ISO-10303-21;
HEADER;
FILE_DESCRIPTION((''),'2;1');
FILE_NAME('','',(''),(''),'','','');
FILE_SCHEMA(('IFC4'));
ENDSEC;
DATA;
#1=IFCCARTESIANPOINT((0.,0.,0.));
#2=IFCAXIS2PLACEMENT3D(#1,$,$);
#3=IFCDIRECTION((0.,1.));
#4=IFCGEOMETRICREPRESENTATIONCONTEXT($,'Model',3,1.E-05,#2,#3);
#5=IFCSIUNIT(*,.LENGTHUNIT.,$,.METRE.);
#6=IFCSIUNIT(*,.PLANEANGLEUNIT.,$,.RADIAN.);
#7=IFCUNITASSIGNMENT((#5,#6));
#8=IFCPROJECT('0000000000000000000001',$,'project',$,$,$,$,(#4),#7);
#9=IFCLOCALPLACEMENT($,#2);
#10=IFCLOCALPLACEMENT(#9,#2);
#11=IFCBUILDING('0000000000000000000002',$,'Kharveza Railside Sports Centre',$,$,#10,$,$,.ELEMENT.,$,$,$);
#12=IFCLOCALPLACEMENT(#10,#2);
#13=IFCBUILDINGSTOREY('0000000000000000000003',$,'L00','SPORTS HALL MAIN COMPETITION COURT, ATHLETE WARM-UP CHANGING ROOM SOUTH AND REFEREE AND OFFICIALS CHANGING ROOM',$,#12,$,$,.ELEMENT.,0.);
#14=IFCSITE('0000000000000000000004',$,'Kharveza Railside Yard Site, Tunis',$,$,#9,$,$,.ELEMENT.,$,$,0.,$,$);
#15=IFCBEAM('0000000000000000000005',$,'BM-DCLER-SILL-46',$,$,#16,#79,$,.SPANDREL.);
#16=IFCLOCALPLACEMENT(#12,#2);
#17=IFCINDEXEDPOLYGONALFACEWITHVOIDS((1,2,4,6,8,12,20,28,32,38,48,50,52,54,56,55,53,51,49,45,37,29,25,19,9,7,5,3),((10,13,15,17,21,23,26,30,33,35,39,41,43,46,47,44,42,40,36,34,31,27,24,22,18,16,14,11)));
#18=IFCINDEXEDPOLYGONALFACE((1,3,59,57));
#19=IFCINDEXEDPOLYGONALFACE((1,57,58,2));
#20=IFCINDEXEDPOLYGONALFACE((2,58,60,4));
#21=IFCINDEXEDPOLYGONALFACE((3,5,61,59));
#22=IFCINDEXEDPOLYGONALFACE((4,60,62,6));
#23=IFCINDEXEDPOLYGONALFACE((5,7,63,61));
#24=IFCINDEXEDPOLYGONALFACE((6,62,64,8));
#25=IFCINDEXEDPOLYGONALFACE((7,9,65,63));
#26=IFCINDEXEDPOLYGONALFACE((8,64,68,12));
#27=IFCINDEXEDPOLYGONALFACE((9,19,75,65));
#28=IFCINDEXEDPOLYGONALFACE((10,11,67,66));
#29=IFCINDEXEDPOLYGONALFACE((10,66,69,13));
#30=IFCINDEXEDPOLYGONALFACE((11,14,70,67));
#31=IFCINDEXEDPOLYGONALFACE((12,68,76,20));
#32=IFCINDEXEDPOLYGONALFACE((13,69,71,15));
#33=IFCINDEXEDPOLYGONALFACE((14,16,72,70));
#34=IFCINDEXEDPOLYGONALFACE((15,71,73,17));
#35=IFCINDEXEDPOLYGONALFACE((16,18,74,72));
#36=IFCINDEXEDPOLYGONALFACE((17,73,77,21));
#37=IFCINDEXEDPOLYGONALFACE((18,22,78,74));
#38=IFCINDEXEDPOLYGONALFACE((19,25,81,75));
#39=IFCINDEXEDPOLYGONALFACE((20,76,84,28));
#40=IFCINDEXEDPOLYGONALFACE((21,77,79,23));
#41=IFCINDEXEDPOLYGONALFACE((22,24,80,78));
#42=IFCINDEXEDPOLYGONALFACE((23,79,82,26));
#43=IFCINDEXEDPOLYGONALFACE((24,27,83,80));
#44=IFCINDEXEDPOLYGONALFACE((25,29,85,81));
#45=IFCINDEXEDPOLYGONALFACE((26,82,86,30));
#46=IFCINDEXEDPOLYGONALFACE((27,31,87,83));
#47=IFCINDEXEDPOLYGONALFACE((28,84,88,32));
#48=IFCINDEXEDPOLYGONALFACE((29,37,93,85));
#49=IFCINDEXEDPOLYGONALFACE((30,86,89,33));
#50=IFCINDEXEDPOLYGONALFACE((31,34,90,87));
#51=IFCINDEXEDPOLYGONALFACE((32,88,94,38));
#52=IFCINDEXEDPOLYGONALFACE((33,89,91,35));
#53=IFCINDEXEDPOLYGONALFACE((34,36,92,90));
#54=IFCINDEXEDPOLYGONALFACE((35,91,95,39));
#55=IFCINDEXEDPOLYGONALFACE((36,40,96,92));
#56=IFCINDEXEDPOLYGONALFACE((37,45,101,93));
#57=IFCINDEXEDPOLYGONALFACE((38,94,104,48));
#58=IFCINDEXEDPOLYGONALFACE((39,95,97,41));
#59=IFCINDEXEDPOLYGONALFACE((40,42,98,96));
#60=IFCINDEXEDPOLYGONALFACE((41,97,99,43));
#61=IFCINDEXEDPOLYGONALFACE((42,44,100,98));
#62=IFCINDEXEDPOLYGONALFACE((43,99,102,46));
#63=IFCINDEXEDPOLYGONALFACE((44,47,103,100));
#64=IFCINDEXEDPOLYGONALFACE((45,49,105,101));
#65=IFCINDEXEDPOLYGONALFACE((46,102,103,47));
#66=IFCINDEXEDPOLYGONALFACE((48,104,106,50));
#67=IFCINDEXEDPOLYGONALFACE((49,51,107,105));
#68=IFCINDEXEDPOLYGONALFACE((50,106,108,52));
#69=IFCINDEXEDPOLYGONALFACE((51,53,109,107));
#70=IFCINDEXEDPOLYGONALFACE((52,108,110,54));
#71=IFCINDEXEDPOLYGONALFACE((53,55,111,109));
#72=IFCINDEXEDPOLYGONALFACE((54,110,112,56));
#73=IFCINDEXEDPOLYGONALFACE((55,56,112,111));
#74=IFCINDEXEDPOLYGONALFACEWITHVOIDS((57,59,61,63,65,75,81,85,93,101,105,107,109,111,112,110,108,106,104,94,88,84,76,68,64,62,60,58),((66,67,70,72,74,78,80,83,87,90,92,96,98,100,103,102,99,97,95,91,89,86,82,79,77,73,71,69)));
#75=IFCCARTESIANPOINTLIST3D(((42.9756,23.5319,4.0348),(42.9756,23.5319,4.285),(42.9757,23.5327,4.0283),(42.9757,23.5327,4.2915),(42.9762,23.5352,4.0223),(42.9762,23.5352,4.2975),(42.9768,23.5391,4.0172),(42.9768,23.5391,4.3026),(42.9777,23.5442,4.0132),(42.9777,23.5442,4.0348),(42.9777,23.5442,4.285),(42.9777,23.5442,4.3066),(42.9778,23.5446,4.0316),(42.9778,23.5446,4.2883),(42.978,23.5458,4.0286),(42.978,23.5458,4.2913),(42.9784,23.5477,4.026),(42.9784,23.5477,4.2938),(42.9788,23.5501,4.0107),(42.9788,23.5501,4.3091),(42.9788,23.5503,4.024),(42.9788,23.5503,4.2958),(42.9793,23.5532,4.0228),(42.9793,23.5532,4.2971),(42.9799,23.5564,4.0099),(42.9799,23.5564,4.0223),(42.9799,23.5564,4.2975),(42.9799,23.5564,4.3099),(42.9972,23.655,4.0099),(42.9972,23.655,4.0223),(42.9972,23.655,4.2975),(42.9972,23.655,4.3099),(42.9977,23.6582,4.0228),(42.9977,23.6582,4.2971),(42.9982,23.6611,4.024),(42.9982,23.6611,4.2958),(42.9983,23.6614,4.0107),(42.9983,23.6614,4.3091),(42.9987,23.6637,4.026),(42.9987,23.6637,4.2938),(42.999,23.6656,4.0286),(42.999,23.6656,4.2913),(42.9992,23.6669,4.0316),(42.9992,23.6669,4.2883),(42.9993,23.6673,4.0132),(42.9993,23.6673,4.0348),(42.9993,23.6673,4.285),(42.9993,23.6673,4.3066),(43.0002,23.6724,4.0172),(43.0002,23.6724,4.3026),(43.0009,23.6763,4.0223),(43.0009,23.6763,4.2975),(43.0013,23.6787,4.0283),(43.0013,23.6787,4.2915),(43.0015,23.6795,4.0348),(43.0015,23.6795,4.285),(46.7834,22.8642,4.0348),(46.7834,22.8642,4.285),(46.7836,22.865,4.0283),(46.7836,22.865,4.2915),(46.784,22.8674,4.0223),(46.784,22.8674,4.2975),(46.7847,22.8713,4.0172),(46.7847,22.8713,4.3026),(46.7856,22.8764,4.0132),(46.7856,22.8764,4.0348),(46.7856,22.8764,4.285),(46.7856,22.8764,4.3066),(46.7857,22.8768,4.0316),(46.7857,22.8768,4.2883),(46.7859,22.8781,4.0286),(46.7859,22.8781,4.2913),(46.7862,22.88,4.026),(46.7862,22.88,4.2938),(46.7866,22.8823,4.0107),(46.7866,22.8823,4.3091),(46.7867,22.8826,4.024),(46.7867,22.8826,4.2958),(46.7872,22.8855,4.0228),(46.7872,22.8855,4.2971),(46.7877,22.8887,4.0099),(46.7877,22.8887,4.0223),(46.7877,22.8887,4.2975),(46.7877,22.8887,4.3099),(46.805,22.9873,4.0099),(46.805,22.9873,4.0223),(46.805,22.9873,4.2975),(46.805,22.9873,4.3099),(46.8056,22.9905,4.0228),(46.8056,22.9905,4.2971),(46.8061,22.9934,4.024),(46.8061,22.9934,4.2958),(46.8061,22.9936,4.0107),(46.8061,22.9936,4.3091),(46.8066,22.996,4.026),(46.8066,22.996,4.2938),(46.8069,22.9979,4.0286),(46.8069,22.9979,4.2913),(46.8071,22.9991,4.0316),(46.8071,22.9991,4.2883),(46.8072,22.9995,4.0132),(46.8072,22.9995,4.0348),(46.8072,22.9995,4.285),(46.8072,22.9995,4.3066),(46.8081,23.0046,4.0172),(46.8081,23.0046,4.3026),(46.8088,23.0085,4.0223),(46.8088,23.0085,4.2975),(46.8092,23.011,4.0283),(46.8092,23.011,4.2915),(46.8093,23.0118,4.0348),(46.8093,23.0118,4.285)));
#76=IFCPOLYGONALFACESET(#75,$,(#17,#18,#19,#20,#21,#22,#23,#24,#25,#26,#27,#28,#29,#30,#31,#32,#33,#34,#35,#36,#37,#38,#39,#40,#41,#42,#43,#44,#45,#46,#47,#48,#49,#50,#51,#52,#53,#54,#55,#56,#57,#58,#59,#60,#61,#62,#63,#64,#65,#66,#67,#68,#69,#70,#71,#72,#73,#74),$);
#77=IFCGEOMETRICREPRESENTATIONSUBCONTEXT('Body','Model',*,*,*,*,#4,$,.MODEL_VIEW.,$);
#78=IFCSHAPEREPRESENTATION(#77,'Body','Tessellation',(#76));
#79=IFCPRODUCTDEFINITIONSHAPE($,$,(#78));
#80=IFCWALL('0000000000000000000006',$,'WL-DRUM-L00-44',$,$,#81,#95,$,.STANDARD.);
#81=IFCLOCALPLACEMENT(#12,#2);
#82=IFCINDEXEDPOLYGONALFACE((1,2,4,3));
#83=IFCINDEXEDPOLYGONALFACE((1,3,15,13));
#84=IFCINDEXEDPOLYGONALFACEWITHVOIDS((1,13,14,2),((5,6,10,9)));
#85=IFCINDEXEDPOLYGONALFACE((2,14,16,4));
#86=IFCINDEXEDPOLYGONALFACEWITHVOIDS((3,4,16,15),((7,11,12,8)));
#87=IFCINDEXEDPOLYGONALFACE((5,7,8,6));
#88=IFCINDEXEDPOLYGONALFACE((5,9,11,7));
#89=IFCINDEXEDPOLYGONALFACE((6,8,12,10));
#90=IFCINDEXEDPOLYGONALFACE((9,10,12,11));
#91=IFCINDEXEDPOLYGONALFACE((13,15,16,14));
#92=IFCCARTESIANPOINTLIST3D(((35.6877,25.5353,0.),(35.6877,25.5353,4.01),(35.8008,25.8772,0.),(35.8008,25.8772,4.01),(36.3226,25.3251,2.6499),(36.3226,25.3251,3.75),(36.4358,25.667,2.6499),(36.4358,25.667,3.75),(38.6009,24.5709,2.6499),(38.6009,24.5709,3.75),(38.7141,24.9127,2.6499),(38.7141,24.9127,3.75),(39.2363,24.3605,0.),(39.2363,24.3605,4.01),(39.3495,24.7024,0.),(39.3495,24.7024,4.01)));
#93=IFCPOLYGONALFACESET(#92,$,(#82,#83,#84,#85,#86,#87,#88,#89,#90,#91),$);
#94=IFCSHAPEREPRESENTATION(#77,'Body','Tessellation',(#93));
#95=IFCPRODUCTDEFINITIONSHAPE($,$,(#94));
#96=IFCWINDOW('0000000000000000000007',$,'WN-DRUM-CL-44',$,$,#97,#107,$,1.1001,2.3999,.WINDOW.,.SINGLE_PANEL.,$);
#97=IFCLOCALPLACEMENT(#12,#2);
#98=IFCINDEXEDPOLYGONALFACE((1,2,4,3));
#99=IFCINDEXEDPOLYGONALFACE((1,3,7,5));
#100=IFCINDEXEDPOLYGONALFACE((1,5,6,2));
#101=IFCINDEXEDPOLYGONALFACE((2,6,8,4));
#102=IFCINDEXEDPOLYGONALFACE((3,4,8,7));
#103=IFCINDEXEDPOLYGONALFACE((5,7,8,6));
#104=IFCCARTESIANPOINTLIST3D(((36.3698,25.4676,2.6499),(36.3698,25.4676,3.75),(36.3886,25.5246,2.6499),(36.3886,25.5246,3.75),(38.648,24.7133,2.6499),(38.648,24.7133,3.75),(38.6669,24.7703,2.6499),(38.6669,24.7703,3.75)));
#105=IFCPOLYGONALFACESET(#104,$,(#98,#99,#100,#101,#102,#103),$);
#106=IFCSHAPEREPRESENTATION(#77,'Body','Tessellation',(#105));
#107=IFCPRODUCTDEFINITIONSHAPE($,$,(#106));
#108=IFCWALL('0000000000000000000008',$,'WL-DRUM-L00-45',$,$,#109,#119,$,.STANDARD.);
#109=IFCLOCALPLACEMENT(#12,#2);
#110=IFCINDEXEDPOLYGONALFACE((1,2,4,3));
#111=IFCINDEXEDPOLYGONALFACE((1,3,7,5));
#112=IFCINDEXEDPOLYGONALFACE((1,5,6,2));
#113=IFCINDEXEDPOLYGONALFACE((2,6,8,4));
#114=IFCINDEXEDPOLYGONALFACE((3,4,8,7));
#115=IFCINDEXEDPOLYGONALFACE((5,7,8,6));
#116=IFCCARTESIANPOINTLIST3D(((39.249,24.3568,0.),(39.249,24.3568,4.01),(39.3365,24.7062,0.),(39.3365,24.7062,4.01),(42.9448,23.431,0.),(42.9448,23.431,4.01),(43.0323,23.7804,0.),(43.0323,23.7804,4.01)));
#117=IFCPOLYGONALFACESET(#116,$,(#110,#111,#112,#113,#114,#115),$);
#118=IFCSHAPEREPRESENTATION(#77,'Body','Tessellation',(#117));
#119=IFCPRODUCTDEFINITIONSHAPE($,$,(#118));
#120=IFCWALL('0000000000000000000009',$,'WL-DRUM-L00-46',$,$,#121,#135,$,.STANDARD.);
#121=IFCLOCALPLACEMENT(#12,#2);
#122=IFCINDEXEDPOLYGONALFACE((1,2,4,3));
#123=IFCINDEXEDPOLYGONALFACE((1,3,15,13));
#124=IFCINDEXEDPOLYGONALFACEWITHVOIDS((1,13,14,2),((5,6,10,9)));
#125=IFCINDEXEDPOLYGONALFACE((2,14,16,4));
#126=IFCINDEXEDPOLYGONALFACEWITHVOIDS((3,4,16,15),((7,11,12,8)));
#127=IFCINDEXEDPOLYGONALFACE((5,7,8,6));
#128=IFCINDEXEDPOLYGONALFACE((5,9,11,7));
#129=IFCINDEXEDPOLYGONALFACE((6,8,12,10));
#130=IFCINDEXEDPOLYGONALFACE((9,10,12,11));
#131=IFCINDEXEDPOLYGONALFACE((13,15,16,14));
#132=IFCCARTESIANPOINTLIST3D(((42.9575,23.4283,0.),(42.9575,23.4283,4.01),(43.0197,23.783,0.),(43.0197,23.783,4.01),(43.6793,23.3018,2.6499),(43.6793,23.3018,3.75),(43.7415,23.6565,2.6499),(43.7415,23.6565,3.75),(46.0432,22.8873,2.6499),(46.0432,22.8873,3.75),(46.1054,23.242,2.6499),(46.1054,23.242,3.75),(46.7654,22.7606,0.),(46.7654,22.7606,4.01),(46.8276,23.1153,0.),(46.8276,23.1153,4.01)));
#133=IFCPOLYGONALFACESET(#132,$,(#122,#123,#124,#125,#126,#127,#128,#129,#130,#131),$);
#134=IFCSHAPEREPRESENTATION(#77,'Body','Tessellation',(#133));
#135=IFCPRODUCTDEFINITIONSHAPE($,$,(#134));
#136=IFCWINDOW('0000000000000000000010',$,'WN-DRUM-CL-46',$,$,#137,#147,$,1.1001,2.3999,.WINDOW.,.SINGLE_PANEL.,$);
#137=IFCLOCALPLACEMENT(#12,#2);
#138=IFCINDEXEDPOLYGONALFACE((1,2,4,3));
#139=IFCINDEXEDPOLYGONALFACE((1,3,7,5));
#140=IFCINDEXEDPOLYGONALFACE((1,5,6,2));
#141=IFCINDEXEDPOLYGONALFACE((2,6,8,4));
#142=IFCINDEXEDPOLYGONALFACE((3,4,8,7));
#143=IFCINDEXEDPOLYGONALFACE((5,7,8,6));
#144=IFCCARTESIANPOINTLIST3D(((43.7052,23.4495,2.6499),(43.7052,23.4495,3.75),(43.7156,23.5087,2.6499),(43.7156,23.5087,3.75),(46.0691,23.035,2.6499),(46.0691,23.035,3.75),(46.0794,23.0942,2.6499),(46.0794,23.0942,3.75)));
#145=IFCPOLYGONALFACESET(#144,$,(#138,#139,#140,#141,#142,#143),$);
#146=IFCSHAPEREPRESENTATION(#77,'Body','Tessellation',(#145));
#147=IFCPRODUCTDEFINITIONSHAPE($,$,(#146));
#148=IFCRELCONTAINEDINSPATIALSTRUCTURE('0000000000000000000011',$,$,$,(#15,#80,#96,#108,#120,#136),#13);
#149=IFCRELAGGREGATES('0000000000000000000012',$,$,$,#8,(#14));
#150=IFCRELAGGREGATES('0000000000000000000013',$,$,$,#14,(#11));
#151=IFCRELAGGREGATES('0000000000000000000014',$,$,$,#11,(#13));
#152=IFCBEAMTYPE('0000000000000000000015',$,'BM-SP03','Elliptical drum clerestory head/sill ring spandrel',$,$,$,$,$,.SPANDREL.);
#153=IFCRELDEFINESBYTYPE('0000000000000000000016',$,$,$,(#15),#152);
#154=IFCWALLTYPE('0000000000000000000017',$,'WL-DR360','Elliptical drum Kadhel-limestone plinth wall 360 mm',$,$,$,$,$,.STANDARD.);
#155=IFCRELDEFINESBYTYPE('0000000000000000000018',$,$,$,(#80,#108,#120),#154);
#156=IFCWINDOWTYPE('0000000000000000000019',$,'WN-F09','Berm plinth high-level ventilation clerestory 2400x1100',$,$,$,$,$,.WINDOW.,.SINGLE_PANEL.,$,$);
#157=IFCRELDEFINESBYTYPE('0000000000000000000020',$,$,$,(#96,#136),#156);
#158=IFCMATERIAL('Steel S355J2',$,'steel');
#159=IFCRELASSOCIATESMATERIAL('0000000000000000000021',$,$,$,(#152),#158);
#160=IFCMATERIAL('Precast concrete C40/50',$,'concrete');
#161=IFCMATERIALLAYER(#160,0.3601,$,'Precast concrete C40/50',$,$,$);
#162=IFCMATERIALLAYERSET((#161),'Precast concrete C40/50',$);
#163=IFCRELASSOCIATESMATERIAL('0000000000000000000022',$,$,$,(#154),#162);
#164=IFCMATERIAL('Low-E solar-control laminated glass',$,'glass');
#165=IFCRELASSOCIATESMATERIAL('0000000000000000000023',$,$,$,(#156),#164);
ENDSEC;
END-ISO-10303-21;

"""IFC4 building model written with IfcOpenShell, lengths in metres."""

from ifc_helpers import new_model, si_unit, direction, frame, frame_2d, origin, origin_2d, place, context, subcontext, project, spatial, rectangle, hollow_rectangle, extrude, material, layer, layer_set, material_profile, profile_set, type_object, element, fill, save


model = new_model("IFC4")

# Units and contexts
model_context = context("Model", 3, precision=1e-05, world=origin(), true_north=direction((0.0, 1.0)))
body_context = subcontext(model_context, "Body", "Model", "MODEL_VIEW")
ifc_project = project(units=[si_unit("LENGTHUNIT", "METRE"), si_unit("PLANEANGLEUNIT", "RADIAN")], contexts=[model_context])

# Site, building, storey
site_placement = place(None, origin())
site = spatial("IfcSite", under=ifc_project, at=site_placement, Name="Kharveza Railside Yard Site, Tunis", CompositionType="ELEMENT", RefElevation=0.0)
building_placement = place(site_placement, origin())
building = spatial("IfcBuilding", under=site, at=building_placement, Name="Kharveza Railside Sports Centre", CompositionType="ELEMENT")
storey_placement = place(building_placement, origin())
storey = spatial("IfcBuildingStorey", under=building, at=storey_placement, Name="L00", Description="SPORTS HALL MAIN COMPETITION COURT, ATHLETE WARM-UP CHANGING ROOM SOUTH AND REFEREE AND OFFICIALS CHANGING ROOM", CompositionType="ELEMENT", Elevation=0.0)

# Shared definitions
ifc_material_1 = material(Name="Steel S355J2", Category="steel")

# Beam
ifc_material_2 = material(Name="Precast concrete C40/50", Category="concrete")
ifc_material_profile_1 = material_profile(ifc_material_1, hollow_rectangle(XDim=0.1499, YDim=0.3, WallThickness=0.0125, InnerFilletRadius=0.0125, OuterFilletRadius=0.0249, at=origin_2d()), Name="RHS 150x300x12.5")
ifc_profile_set_1 = profile_set([ifc_material_profile_1], Name="Steel S355J2")
beam_type_1 = type_object("IfcBeamType", Name="BM-SP03", Description="Elliptical drum clerestory head/sill ring spandrel", PredefinedType="SPANDREL", material=ifc_profile_set_1)
beam_1_placement = place(storey_placement, frame((42.9885, 23.6057, 4.1599), z_axis=(0.984971, -0.172719, 0.0), x_axis=(0.172719, 0.984971, 0.0)))
element("IfcBeam", 1, at=beam_1_placement, inside=storey, type_object=beam_type_1, Name="BM-DCLER-SILL-46", PredefinedType="SPANDREL", context=body_context, shape_type="SweptSolid", body=[
    extrude(hollow_rectangle(XDim=0.1499, YDim=0.3, WallThickness=0.0125, InnerFilletRadius=0.0125, OuterFilletRadius=0.0249, at=origin_2d()), origin(), (0.0, 0.0, 1.0), 3.866),
])

# Wall, opening, window
ifc_layer = layer(ifc_material_2, 0.3601, Name="Precast concrete C40/50")
ifc_layer_set = layer_set([ifc_layer], Name="Precast concrete C40/50")
wall_type = type_object("IfcWallType", Name="WL-DR360", Description="Elliptical drum Kadhel-limestone plinth wall 360 mm", PredefinedType="STANDARD", material=ifc_layer_set)
wall_1_placement = place(storey_placement, frame((35.7441, 25.7063, 0.0), z_axis=(0.0, 0.0, 1.0), x_axis=(0.949328, -0.314287, 0.0)))
wall_1 = element("IfcWall", 2, at=wall_1_placement, inside=storey, type_object=wall_type, Name="WL-DRUM-L00-44", PredefinedType="STANDARD", context=body_context, shape_type="SweptSolid", body=[
    extrude(rectangle(XDim=3.738, YDim=0.3601, at=frame_2d((1.8691, 0.0))), origin(), (0.0, 0.0, 1.0), 4.01),
])
opening_1_placement = place(wall_1_placement, frame((0.6689, 0.0, 2.6499)))
opening_1 = element("IfcOpeningElement", 3, at=opening_1_placement, cuts=wall_1, PredefinedType="OPENING", context=body_context, shape_type="SweptSolid", body=[
    extrude(rectangle(XDim=2.3999, YDim=1.1001, at=frame_2d((1.2, 0.55))), frame((0.0, 0.2051, 0.0), z_axis=(0.0, -1.0, 0.0), x_axis=(1.0, 0.0, 0.0)), (0.0, 0.0, 1.0), 0.4099),
])
ifc_material_3 = material(Name="Low-E solar-control laminated glass", Category="glass")
window_type = type_object("IfcWindowType", Name="WN-F09", Description="Berm plinth high-level ventilation clerestory 2400x1100", PartitioningType="SINGLE_PANEL", PredefinedType="WINDOW", material=ifc_material_3)
window_1_placement = place(opening_1_placement, origin())
window_1 = element("IfcWindow", 4, at=window_1_placement, inside=storey, type_object=window_type, Name="WN-DRUM-CL-44", OverallHeight=1.1001, OverallWidth=2.3999, PartitioningType="SINGLE_PANEL", PredefinedType="WINDOW", context=body_context, shape_type="SweptSolid", body=[
    extrude(rectangle(XDim=2.3999, YDim=1.1001, at=frame_2d((1.2, 0.55))), frame((0.0, 0.03, 0.0), z_axis=(0.0, -1.0, 0.0), x_axis=(1.0, 0.0, 0.0)), (0.0, 0.0, 1.0), 0.0601),
])
fill(opening_1, window_1)

# Wall
wall_2_placement = place(storey_placement, frame((39.2927, 24.5315, 0.0), z_axis=(0.0, 0.0, 1.0), x_axis=(0.970029, -0.242988, 0.0)))
element("IfcWall", 5, at=wall_2_placement, inside=storey, type_object=wall_type, Name="WL-DRUM-L00-45", PredefinedType="STANDARD", context=body_context, shape_type="SweptSolid", body=[
    extrude(rectangle(XDim=3.8101, YDim=0.3601, at=frame_2d((1.905, 0.0))), origin(), (0.0, 0.0, 1.0), 4.01),
])

# Wall, opening, window
wall_3_placement = place(storey_placement, frame((42.9885, 23.6057, 0.0), z_axis=(0.0, 0.0, 1.0), x_axis=(0.984971, -0.172719, 0.0)))
wall_3 = element("IfcWall", 6, at=wall_3_placement, inside=storey, type_object=wall_type, Name="WL-DRUM-L00-46", PredefinedType="STANDARD", context=body_context, shape_type="SweptSolid", body=[
    extrude(rectangle(XDim=3.866, YDim=0.3601, at=frame_2d((1.9331, 0.0))), origin(), (0.0, 0.0, 1.0), 4.01),
])
opening_2_placement = place(wall_3_placement, frame((0.7329, 0.0, 2.6499)))
opening_2 = element("IfcOpeningElement", 7, at=opening_2_placement, cuts=wall_3, PredefinedType="OPENING", context=body_context, shape_type="SweptSolid", body=[
    extrude(rectangle(XDim=2.3999, YDim=1.1001, at=frame_2d((1.2, 0.55))), frame((0.0, 0.2051, 0.0), z_axis=(0.0, -1.0, 0.0), x_axis=(1.0, 0.0, 0.0)), (0.0, 0.0, 1.0), 0.4099),
])
window_2_placement = place(opening_2_placement, origin())
window_2 = element("IfcWindow", 8, at=window_2_placement, inside=storey, type_object=window_type, Name="WN-DRUM-CL-46", OverallHeight=1.1001, OverallWidth=2.3999, PartitioningType="SINGLE_PANEL", PredefinedType="WINDOW", context=body_context, shape_type="SweptSolid", body=[
    extrude(rectangle(XDim=2.3999, YDim=1.1001, at=frame_2d((1.2, 0.55))), frame((0.0, 0.03, 0.0), z_axis=(0.0, -1.0, 0.0), x_axis=(1.0, 0.0, 0.0)), (0.0, 0.0, 1.0), 0.0601),
])
fill(opening_2, window_2)

save(model, "model.ifc")
